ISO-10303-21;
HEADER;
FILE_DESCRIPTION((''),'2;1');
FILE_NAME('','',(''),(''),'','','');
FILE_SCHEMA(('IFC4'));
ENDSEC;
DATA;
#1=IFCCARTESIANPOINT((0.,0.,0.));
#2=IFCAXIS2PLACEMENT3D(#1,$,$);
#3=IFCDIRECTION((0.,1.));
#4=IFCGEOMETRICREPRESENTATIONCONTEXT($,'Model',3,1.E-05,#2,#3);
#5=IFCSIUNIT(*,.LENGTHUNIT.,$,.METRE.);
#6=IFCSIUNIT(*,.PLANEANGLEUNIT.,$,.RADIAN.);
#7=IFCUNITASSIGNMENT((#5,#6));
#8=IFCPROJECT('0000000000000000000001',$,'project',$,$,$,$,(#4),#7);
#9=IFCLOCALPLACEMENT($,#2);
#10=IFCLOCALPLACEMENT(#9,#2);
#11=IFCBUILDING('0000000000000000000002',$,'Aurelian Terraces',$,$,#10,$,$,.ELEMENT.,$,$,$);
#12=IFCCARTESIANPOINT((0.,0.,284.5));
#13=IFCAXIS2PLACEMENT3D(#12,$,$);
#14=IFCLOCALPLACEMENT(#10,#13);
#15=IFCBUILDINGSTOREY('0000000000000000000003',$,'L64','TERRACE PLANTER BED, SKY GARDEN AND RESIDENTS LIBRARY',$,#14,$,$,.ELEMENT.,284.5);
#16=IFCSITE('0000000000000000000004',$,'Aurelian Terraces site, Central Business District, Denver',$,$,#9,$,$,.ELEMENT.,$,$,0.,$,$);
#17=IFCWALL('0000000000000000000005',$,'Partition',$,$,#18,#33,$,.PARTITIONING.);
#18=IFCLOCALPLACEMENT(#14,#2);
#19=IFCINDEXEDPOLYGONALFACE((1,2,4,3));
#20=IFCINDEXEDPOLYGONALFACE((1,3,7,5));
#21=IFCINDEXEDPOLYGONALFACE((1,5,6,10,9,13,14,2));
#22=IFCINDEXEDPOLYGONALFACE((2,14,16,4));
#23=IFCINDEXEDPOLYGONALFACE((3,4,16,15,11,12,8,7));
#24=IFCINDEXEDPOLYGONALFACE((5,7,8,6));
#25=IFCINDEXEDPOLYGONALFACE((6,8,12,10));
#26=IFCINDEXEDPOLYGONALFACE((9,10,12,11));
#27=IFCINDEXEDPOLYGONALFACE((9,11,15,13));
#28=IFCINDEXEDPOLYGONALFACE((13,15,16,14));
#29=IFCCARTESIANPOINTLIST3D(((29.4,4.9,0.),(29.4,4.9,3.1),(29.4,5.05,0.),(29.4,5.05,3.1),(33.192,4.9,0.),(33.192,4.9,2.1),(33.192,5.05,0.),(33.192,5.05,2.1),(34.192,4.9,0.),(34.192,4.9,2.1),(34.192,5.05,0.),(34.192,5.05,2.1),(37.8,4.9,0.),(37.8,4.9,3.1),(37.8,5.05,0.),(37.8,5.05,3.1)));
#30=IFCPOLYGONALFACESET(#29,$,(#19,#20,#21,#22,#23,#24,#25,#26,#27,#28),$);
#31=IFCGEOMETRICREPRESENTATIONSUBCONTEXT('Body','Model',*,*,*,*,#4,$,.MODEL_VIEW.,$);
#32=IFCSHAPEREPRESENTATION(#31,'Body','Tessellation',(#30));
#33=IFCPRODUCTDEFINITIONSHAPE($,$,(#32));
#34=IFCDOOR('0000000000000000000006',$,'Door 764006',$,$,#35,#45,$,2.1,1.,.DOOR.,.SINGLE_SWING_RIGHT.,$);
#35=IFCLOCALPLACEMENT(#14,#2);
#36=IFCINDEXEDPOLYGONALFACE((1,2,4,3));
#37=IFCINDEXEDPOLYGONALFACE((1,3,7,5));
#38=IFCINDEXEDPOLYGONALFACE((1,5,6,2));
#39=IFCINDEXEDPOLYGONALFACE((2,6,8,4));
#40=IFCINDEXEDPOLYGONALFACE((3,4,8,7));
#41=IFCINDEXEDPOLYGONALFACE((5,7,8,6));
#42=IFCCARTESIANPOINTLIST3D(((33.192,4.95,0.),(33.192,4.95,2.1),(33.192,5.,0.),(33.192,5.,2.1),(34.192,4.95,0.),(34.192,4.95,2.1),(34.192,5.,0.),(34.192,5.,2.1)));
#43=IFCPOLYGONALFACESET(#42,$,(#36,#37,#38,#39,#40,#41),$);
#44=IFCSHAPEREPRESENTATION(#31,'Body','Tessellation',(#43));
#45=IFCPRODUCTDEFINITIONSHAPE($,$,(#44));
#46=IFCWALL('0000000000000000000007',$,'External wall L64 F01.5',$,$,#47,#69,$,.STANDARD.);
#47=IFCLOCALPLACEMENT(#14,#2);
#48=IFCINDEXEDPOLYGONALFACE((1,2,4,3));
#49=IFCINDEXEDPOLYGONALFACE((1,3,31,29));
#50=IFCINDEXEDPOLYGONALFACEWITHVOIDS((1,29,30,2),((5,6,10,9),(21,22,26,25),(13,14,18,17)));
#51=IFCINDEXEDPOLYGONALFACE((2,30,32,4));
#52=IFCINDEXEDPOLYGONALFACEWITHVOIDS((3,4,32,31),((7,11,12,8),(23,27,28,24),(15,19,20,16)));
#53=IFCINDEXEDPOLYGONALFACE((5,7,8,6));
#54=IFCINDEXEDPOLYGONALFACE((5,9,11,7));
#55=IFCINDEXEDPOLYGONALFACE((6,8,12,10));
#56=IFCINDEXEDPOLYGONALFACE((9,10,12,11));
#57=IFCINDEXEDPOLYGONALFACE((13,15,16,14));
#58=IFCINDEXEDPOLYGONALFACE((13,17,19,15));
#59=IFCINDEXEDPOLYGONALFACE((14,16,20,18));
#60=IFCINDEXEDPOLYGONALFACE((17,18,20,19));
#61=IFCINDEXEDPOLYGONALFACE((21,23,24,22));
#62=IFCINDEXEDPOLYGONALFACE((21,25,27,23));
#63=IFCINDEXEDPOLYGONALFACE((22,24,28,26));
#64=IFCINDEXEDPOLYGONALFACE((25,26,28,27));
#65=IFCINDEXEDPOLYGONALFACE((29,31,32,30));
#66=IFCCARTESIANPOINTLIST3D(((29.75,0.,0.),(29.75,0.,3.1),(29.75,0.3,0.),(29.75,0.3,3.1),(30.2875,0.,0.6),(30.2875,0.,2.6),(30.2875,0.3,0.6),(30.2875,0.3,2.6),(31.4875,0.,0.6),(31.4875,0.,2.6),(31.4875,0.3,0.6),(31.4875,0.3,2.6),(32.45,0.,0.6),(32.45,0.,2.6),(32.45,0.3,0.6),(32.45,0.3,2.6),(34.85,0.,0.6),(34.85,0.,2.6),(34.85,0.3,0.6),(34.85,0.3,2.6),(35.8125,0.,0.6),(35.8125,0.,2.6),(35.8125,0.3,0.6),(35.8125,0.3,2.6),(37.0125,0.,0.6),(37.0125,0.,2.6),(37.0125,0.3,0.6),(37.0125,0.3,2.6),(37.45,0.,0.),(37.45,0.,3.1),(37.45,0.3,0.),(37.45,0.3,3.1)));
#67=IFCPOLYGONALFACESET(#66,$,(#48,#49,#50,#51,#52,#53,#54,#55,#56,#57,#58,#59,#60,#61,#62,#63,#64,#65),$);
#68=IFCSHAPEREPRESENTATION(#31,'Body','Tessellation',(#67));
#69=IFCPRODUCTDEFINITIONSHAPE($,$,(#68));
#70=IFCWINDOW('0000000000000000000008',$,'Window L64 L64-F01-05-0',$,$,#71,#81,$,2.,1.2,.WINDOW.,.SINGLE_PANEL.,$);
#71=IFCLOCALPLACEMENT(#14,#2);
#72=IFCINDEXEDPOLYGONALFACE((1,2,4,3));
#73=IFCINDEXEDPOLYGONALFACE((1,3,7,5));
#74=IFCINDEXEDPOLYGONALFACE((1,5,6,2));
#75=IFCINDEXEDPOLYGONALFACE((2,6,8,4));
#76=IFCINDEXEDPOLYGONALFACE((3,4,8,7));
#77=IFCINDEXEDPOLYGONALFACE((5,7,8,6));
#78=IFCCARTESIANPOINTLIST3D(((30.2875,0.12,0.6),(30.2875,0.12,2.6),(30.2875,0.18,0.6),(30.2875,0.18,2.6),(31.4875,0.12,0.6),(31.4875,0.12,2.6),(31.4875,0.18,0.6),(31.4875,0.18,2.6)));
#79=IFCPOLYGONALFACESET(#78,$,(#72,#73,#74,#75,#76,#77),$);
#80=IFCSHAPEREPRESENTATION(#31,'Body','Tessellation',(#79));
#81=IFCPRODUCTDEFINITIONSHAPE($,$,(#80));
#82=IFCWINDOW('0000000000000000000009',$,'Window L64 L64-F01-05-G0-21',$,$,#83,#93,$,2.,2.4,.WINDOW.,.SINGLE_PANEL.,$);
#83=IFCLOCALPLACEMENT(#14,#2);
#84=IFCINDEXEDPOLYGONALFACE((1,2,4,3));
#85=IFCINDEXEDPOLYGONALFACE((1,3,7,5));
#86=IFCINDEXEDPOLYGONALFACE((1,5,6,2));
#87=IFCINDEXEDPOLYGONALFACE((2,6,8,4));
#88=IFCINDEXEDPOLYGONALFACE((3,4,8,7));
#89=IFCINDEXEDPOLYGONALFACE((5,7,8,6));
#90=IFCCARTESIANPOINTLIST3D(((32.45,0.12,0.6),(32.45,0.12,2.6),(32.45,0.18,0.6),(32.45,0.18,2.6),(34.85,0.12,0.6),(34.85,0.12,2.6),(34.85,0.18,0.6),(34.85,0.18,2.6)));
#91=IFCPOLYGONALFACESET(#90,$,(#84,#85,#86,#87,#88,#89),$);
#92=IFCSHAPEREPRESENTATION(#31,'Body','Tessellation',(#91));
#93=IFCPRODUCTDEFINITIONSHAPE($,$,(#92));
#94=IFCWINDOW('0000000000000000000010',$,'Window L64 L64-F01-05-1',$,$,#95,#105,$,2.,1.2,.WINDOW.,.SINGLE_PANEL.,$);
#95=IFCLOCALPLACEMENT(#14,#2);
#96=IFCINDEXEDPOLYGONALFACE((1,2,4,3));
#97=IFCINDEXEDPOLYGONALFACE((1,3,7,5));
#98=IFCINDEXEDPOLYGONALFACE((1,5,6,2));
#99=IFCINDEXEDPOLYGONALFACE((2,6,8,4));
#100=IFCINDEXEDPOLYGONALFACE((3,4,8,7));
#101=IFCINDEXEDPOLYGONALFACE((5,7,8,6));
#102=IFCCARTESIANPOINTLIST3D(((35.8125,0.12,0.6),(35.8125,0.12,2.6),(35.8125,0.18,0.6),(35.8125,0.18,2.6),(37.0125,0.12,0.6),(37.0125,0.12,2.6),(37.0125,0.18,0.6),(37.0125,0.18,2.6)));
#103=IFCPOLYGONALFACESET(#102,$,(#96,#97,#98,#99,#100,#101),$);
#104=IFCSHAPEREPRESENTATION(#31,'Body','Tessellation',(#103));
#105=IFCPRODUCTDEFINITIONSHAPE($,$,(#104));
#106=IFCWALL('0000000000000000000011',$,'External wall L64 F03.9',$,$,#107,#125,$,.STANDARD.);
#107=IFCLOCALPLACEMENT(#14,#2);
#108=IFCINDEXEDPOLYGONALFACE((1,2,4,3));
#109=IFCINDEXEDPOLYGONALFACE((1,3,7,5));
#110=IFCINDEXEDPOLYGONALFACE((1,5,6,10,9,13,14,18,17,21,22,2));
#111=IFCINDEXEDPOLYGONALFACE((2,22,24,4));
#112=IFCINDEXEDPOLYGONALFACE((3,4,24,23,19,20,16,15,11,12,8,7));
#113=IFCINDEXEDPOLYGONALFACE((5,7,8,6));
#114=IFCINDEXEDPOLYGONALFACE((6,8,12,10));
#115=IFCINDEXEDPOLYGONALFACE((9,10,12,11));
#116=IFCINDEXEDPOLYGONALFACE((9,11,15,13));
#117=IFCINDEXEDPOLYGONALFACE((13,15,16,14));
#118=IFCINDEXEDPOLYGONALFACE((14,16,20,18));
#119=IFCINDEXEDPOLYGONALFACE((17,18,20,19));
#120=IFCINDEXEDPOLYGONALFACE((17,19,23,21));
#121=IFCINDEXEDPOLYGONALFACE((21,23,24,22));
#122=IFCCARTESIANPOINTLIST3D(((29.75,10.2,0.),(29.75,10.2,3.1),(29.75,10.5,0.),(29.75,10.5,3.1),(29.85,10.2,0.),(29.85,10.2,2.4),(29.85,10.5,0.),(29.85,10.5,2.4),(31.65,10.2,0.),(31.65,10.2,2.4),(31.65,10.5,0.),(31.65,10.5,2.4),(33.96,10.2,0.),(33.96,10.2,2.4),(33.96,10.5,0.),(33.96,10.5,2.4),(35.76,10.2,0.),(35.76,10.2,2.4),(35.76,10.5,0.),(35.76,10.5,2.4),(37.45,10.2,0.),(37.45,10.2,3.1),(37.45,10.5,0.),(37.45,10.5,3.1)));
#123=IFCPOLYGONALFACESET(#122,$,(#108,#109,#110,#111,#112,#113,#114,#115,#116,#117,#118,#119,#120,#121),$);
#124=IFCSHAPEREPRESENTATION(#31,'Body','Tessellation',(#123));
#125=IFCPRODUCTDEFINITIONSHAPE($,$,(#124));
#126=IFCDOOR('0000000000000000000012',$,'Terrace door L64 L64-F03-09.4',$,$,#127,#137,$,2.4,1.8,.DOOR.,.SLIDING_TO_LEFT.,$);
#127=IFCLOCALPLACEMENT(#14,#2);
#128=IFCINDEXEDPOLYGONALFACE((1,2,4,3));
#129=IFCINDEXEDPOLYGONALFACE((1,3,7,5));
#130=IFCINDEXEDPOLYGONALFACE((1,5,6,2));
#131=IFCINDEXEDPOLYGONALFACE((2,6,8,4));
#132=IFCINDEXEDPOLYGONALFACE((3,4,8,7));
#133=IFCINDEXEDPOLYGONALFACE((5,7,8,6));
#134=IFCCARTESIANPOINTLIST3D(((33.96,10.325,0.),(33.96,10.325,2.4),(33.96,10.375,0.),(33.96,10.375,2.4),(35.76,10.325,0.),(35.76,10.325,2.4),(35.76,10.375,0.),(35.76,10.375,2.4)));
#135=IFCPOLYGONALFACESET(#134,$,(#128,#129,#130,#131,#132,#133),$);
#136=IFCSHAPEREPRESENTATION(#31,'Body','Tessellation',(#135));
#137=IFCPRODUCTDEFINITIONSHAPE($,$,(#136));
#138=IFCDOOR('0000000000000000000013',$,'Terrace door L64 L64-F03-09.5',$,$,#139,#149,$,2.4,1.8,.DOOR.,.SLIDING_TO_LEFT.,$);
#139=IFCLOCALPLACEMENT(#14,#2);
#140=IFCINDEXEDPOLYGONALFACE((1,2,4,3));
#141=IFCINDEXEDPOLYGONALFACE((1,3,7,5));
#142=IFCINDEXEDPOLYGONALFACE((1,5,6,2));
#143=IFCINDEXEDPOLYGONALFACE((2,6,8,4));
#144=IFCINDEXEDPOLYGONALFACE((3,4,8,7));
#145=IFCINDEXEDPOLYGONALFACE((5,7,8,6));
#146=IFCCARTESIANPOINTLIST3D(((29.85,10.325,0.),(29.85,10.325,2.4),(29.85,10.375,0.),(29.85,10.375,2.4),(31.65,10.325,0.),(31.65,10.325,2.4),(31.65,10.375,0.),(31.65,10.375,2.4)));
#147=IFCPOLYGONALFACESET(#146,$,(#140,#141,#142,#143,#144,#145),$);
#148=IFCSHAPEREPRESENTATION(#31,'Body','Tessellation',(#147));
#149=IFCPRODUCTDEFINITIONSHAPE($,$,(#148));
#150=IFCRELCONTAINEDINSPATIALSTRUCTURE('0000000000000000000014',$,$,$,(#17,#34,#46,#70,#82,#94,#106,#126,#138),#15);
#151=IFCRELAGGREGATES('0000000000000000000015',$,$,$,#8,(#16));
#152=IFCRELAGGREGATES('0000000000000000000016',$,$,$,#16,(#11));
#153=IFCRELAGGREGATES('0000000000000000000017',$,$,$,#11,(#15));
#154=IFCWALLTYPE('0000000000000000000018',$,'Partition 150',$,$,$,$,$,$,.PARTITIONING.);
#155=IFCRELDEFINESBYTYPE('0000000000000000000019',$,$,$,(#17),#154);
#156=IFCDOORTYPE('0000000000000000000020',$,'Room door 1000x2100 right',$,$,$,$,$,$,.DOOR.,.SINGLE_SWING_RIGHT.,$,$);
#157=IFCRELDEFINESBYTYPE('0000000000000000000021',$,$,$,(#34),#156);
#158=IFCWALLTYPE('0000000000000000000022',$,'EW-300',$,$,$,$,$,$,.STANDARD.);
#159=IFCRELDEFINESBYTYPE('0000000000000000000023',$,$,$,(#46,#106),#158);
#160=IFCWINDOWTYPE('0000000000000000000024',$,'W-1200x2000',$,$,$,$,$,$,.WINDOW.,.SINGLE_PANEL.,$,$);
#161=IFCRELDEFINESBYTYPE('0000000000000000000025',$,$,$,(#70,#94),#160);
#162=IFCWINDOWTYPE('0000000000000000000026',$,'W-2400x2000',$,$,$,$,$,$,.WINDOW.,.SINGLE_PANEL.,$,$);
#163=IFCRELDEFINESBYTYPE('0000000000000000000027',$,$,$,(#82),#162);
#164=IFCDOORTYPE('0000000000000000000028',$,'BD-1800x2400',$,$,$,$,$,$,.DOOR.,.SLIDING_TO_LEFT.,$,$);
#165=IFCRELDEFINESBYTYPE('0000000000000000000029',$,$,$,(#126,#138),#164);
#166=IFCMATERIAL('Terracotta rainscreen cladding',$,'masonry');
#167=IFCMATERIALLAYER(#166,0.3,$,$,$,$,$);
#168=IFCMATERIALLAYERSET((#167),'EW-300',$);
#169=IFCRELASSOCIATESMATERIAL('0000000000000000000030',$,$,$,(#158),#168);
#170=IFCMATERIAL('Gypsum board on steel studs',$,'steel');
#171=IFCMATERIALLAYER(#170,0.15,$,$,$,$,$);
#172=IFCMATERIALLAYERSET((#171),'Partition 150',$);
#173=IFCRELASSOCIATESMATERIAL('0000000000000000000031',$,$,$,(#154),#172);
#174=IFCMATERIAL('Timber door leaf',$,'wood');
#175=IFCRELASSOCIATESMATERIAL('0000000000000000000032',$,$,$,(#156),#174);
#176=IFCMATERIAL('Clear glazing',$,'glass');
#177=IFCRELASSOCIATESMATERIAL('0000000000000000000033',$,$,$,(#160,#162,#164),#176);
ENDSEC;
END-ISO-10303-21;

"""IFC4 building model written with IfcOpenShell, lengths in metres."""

from ifc_helpers import new_model, si_unit, direction, frame, frame_2d, origin, place, context, subcontext, project, spatial, rectangle, extrude, source, transform, mapped, material, layer, layer_set, type_object, element, fill, save


model = new_model("IFC4")

# Units and contexts
model_context = context("Model", 3, precision=1e-05, world=origin(), true_north=direction((0.0, 1.0)))
body_context = subcontext(model_context, "Body", "Model", "MODEL_VIEW")
ifc_project = project(units=[si_unit("LENGTHUNIT", "METRE"), si_unit("PLANEANGLEUNIT", "RADIAN")], contexts=[model_context])

# Site, building, storey
site_placement = place(None, origin())
site = spatial("IfcSite", under=ifc_project, at=site_placement, Name="Aurelian Terraces site, Central Business District, Denver", CompositionType="ELEMENT", RefElevation=0.0)
building_placement = place(site_placement, origin())
building = spatial("IfcBuilding", under=site, at=building_placement, Name="Aurelian Terraces", CompositionType="ELEMENT")
storey_placement = place(building_placement, frame((0.0, 0.0, 284.5)))
storey = spatial("IfcBuildingStorey", under=building, at=storey_placement, Name="L64", Description="TERRACE PLANTER BED, SKY GARDEN AND RESIDENTS LIBRARY", CompositionType="ELEMENT", Elevation=284.5)

# Shared definitions
ifc_material_1 = material(Name="Gypsum board on steel studs", Category="steel")

# Shared definitions
ifc_material_2 = material(Name="Terracotta rainscreen cladding", Category="masonry")
ifc_layer_1 = layer(ifc_material_2, 0.3)
ifc_layer_set_1 = layer_set([ifc_layer_1], Name="EW-300")
wall_type_1 = type_object("IfcWallType", Name="EW-300", PredefinedType="STANDARD", material=ifc_layer_set_1)

# Wall, opening, door
ifc_layer_2 = layer(ifc_material_1, 0.15)
ifc_layer_set_2 = layer_set([ifc_layer_2], Name="Partition 150")
wall_type_2 = type_object("IfcWallType", Name="Partition 150", PredefinedType="PARTITIONING", material=ifc_layer_set_2)
ifc_material_3 = material(Name="Timber door leaf", Category="wood")
wall_1_placement = place(storey_placement, frame((37.8, 4.975, 0.0), z_axis=(0.0, 0.0, 1.0), x_axis=(-1.0, 0.0, 0.0)))
wall_1 = element("IfcWall", 1, at=wall_1_placement, inside=storey, type_object=wall_type_2, Name="Partition", PredefinedType="PARTITIONING", context=body_context, shape_type="SweptSolid", body=[
    extrude(rectangle(XDim=8.4, YDim=0.15, at=frame_2d((4.2, 0.0))), origin(), (0.0, 0.0, 1.0), 3.1),
])
shared_shape_1 = source(origin(), body_context, "Body", "SweptSolid", [
    extrude(rectangle(XDim=1.0, YDim=2.1, at=frame_2d((0.5, 1.05))), frame((0.0, 0.085, 0.0), z_axis=(0.0, -1.0, 0.0), x_axis=(1.0, 0.0, 0.0)), (0.0, 0.0, 1.0), 0.17),
])
opening_1_placement = place(wall_1_placement, frame((3.608, 0.0, 0.0)))
opening_1 = element("IfcOpeningElement", 2, at=opening_1_placement, cuts=wall_1, PredefinedType="OPENING", context=body_context, shape_type="MappedRepresentation", body=[
    mapped(shared_shape_1, transform((0.0, 0.0, 0.0), scale=1.0)),
])
door_type_1 = type_object("IfcDoorType", Name="Room door 1000x2100 right", OperationType="SINGLE_SWING_RIGHT", PredefinedType="DOOR", material=ifc_material_3)
shared_shape_2 = source(origin(), body_context, "Body", "SweptSolid", [
    extrude(rectangle(XDim=1.0, YDim=2.1, at=frame_2d((0.5, 1.05))), frame((0.0, 0.025, 0.0), z_axis=(0.0, -1.0, 0.0), x_axis=(1.0, 0.0, 0.0)), (0.0, 0.0, 1.0), 0.05),
])
door_1_placement = place(opening_1_placement, origin())
door_1 = element("IfcDoor", 3, at=door_1_placement, inside=storey, type_object=door_type_1, Name="Door 764006", OperationType="SINGLE_SWING_RIGHT", OverallHeight=2.1, OverallWidth=1.0, PredefinedType="DOOR", context=body_context, shape_type="MappedRepresentation", body=[
    mapped(shared_shape_2, transform((0.0, 0.0, 0.0), scale=1.0)),
])
fill(opening_1, door_1)

# Wall, openings, windows
shared_shape_3 = source(origin(), body_context, "Body", "SweptSolid", [
    extrude(rectangle(XDim=7.7, YDim=0.3, at=frame_2d((3.85, 0.0))), origin(), (0.0, 0.0, 1.0), 3.1),
])
wall_2_placement = place(storey_placement, frame((29.75, 0.15, 0.0), z_axis=(0.0, 0.0, 1.0), x_axis=(1.0, 0.0, 0.0)))
wall_2 = element("IfcWall", 4, at=wall_2_placement, inside=storey, type_object=wall_type_1, Name="External wall L64 F01.5", PredefinedType="STANDARD", context=body_context, shape_type="MappedRepresentation", body=[
    mapped(shared_shape_3, transform((0.0, 0.0, 0.0), scale=1.0)),
])
opening_2_placement = place(wall_2_placement, frame((0.5375, 0.0, 0.6)))
opening_2 = element("IfcOpeningElement", 5, at=opening_2_placement, cuts=wall_2, PredefinedType="OPENING", context=body_context, shape_type="SweptSolid", body=[
    extrude(rectangle(XDim=1.2, YDim=2.0, at=frame_2d((0.6, 1.0))), frame((0.0, 0.16, 0.0), z_axis=(0.0, -1.0, 0.0), x_axis=(1.0, 0.0, 0.0)), (0.0, 0.0, 1.0), 0.32),
])
shared_shape_4 = source(origin(), body_context, "Body", "SweptSolid", [
    extrude(rectangle(XDim=1.2, YDim=2.0, at=frame_2d((0.6, 1.0))), frame((0.0, 0.16, 0.0), z_axis=(0.0, -1.0, 0.0), x_axis=(1.0, 0.0, 0.0)), (0.0, 0.0, 1.0), 0.32),
])
opening_3_placement = place(wall_2_placement, frame((6.0625, 0.0, 0.6)))
opening_3 = element("IfcOpeningElement", 6, at=opening_3_placement, cuts=wall_2, PredefinedType="OPENING", context=body_context, shape_type="MappedRepresentation", body=[
    mapped(shared_shape_4, transform((0.0, 0.0, 0.0), scale=1.0)),
])
opening_4_placement = place(wall_2_placement, frame((2.7, 0.0, 0.6)))
opening_4 = element("IfcOpeningElement", 7, at=opening_4_placement, cuts=wall_2, PredefinedType="OPENING", context=body_context, shape_type="SweptSolid", body=[
    extrude(rectangle(XDim=2.4, YDim=2.0, at=frame_2d((1.2, 1.0))), frame((0.0, 0.16, 0.0), z_axis=(0.0, -1.0, 0.0), x_axis=(1.0, 0.0, 0.0)), (0.0, 0.0, 1.0), 0.32),
])
ifc_material_4 = material(Name="Clear glazing", Category="glass")
window_type_1 = type_object("IfcWindowType", Name="W-1200x2000", PartitioningType="SINGLE_PANEL", PredefinedType="WINDOW", material=ifc_material_4)
window_1_placement = place(opening_2_placement, origin())
window_1 = element("IfcWindow", 8, at=window_1_placement, inside=storey, type_object=window_type_1, Name="Window L64 L64-F01-05-0", OverallHeight=2.0, OverallWidth=1.2, PartitioningType="SINGLE_PANEL", PredefinedType="WINDOW", context=body_context, shape_type="SweptSolid", body=[
    extrude(rectangle(XDim=1.2, YDim=2.0, at=frame_2d((0.6, 1.0))), frame((0.0, 0.03, 0.0), z_axis=(0.0, -1.0, 0.0), x_axis=(1.0, 0.0, 0.0)), (0.0, 0.0, 1.0), 0.06),
])
fill(opening_2, window_1)
window_type_2 = type_object("IfcWindowType", Name="W-2400x2000", PartitioningType="SINGLE_PANEL", PredefinedType="WINDOW", material=ifc_material_4)
window_2_placement = place(opening_4_placement, origin())
window_2 = element("IfcWindow", 9, at=window_2_placement, inside=storey, type_object=window_type_2, Name="Window L64 L64-F01-05-G0-21", OverallHeight=2.0, OverallWidth=2.4, PartitioningType="SINGLE_PANEL", PredefinedType="WINDOW", context=body_context, shape_type="SweptSolid", body=[
    extrude(rectangle(XDim=2.4, YDim=2.0, at=frame_2d((1.2, 1.0))), frame((0.0, 0.03, 0.0), z_axis=(0.0, -1.0, 0.0), x_axis=(1.0, 0.0, 0.0)), (0.0, 0.0, 1.0), 0.06),
])
fill(opening_4, window_2)
shared_shape_5 = source(origin(), body_context, "Body", "SweptSolid", [
    extrude(rectangle(XDim=1.2, YDim=2.0, at=frame_2d((0.6, 1.0))), frame((0.0, 0.03, 0.0), z_axis=(0.0, -1.0, 0.0), x_axis=(1.0, 0.0, 0.0)), (0.0, 0.0, 1.0), 0.06),
])
window_3_placement = place(opening_3_placement, origin())
window_3 = element("IfcWindow", 10, at=window_3_placement, inside=storey, type_object=window_type_1, Name="Window L64 L64-F01-05-1", OverallHeight=2.0, OverallWidth=1.2, PartitioningType="SINGLE_PANEL", PredefinedType="WINDOW", context=body_context, shape_type="MappedRepresentation", body=[
    mapped(shared_shape_5, transform((0.0, 0.0, 0.0), scale=1.0)),
])
fill(opening_3, window_3)

# Wall, openings, doors
wall_3_placement = place(storey_placement, frame((37.45, 10.35, 0.0), z_axis=(0.0, 0.0, 1.0), x_axis=(-1.0, 0.0, 0.0)))
wall_3 = element("IfcWall", 11, at=wall_3_placement, inside=storey, type_object=wall_type_1, Name="External wall L64 F03.9", PredefinedType="STANDARD", context=body_context, shape_type="MappedRepresentation", body=[
    mapped(shared_shape_3, transform((0.0, 0.0, 0.0), scale=1.0)),
])
shared_shape_6 = source(origin(), body_context, "Body", "SweptSolid", [
    extrude(rectangle(XDim=1.8, YDim=2.4, at=frame_2d((0.9, 1.2))), frame((0.0, 0.16, 0.0), z_axis=(0.0, -1.0, 0.0), x_axis=(1.0, 0.0, 0.0)), (0.0, 0.0, 1.0), 0.32),
])
opening_5_placement = place(wall_3_placement, frame((1.69, 0.0, 0.0)))
opening_5 = element("IfcOpeningElement", 12, at=opening_5_placement, cuts=wall_3, PredefinedType="OPENING", context=body_context, shape_type="MappedRepresentation", body=[
    mapped(shared_shape_6, transform((0.0, 0.0, 0.0), scale=1.0)),
])
opening_6_placement = place(wall_3_placement, frame((5.8, 0.0, 0.0)))
opening_6 = element("IfcOpeningElement", 13, at=opening_6_placement, cuts=wall_3, PredefinedType="OPENING", context=body_context, shape_type="MappedRepresentation", body=[
    mapped(shared_shape_6, transform((0.0, 0.0, 0.0), scale=1.0)),
])
door_type_2 = type_object("IfcDoorType", Name="BD-1800x2400", OperationType="SLIDING_TO_LEFT", PredefinedType="DOOR", material=ifc_material_4)
shared_shape_7 = source(origin(), body_context, "Body", "SweptSolid", [
    extrude(rectangle(XDim=1.8, YDim=2.4, at=frame_2d((0.9, 1.2))), frame((0.0, 0.025, 0.0), z_axis=(0.0, -1.0, 0.0), x_axis=(1.0, 0.0, 0.0)), (0.0, 0.0, 1.0), 0.05),
])
door_2_placement = place(opening_5_placement, origin())
door_2 = element("IfcDoor", 14, at=door_2_placement, inside=storey, type_object=door_type_2, Name="Terrace door L64 L64-F03-09.4", OperationType="SLIDING_TO_LEFT", OverallHeight=2.4, OverallWidth=1.8, PredefinedType="DOOR", context=body_context, shape_type="MappedRepresentation", body=[
    mapped(shared_shape_7, transform((0.0, 0.0, 0.0), scale=1.0)),
])
fill(opening_5, door_2)
door_3_placement = place(opening_6_placement, origin())
door_3 = element("IfcDoor", 15, at=door_3_placement, inside=storey, type_object=door_type_2, Name="Terrace door L64 L64-F03-09.5", OperationType="SLIDING_TO_LEFT", OverallHeight=2.4, OverallWidth=1.8, PredefinedType="DOOR", context=body_context, shape_type="MappedRepresentation", body=[
    mapped(shared_shape_7, transform((0.0, 0.0, 0.0), scale=1.0)),
])
fill(opening_6, door_3)

save(model, "model.ifc")
